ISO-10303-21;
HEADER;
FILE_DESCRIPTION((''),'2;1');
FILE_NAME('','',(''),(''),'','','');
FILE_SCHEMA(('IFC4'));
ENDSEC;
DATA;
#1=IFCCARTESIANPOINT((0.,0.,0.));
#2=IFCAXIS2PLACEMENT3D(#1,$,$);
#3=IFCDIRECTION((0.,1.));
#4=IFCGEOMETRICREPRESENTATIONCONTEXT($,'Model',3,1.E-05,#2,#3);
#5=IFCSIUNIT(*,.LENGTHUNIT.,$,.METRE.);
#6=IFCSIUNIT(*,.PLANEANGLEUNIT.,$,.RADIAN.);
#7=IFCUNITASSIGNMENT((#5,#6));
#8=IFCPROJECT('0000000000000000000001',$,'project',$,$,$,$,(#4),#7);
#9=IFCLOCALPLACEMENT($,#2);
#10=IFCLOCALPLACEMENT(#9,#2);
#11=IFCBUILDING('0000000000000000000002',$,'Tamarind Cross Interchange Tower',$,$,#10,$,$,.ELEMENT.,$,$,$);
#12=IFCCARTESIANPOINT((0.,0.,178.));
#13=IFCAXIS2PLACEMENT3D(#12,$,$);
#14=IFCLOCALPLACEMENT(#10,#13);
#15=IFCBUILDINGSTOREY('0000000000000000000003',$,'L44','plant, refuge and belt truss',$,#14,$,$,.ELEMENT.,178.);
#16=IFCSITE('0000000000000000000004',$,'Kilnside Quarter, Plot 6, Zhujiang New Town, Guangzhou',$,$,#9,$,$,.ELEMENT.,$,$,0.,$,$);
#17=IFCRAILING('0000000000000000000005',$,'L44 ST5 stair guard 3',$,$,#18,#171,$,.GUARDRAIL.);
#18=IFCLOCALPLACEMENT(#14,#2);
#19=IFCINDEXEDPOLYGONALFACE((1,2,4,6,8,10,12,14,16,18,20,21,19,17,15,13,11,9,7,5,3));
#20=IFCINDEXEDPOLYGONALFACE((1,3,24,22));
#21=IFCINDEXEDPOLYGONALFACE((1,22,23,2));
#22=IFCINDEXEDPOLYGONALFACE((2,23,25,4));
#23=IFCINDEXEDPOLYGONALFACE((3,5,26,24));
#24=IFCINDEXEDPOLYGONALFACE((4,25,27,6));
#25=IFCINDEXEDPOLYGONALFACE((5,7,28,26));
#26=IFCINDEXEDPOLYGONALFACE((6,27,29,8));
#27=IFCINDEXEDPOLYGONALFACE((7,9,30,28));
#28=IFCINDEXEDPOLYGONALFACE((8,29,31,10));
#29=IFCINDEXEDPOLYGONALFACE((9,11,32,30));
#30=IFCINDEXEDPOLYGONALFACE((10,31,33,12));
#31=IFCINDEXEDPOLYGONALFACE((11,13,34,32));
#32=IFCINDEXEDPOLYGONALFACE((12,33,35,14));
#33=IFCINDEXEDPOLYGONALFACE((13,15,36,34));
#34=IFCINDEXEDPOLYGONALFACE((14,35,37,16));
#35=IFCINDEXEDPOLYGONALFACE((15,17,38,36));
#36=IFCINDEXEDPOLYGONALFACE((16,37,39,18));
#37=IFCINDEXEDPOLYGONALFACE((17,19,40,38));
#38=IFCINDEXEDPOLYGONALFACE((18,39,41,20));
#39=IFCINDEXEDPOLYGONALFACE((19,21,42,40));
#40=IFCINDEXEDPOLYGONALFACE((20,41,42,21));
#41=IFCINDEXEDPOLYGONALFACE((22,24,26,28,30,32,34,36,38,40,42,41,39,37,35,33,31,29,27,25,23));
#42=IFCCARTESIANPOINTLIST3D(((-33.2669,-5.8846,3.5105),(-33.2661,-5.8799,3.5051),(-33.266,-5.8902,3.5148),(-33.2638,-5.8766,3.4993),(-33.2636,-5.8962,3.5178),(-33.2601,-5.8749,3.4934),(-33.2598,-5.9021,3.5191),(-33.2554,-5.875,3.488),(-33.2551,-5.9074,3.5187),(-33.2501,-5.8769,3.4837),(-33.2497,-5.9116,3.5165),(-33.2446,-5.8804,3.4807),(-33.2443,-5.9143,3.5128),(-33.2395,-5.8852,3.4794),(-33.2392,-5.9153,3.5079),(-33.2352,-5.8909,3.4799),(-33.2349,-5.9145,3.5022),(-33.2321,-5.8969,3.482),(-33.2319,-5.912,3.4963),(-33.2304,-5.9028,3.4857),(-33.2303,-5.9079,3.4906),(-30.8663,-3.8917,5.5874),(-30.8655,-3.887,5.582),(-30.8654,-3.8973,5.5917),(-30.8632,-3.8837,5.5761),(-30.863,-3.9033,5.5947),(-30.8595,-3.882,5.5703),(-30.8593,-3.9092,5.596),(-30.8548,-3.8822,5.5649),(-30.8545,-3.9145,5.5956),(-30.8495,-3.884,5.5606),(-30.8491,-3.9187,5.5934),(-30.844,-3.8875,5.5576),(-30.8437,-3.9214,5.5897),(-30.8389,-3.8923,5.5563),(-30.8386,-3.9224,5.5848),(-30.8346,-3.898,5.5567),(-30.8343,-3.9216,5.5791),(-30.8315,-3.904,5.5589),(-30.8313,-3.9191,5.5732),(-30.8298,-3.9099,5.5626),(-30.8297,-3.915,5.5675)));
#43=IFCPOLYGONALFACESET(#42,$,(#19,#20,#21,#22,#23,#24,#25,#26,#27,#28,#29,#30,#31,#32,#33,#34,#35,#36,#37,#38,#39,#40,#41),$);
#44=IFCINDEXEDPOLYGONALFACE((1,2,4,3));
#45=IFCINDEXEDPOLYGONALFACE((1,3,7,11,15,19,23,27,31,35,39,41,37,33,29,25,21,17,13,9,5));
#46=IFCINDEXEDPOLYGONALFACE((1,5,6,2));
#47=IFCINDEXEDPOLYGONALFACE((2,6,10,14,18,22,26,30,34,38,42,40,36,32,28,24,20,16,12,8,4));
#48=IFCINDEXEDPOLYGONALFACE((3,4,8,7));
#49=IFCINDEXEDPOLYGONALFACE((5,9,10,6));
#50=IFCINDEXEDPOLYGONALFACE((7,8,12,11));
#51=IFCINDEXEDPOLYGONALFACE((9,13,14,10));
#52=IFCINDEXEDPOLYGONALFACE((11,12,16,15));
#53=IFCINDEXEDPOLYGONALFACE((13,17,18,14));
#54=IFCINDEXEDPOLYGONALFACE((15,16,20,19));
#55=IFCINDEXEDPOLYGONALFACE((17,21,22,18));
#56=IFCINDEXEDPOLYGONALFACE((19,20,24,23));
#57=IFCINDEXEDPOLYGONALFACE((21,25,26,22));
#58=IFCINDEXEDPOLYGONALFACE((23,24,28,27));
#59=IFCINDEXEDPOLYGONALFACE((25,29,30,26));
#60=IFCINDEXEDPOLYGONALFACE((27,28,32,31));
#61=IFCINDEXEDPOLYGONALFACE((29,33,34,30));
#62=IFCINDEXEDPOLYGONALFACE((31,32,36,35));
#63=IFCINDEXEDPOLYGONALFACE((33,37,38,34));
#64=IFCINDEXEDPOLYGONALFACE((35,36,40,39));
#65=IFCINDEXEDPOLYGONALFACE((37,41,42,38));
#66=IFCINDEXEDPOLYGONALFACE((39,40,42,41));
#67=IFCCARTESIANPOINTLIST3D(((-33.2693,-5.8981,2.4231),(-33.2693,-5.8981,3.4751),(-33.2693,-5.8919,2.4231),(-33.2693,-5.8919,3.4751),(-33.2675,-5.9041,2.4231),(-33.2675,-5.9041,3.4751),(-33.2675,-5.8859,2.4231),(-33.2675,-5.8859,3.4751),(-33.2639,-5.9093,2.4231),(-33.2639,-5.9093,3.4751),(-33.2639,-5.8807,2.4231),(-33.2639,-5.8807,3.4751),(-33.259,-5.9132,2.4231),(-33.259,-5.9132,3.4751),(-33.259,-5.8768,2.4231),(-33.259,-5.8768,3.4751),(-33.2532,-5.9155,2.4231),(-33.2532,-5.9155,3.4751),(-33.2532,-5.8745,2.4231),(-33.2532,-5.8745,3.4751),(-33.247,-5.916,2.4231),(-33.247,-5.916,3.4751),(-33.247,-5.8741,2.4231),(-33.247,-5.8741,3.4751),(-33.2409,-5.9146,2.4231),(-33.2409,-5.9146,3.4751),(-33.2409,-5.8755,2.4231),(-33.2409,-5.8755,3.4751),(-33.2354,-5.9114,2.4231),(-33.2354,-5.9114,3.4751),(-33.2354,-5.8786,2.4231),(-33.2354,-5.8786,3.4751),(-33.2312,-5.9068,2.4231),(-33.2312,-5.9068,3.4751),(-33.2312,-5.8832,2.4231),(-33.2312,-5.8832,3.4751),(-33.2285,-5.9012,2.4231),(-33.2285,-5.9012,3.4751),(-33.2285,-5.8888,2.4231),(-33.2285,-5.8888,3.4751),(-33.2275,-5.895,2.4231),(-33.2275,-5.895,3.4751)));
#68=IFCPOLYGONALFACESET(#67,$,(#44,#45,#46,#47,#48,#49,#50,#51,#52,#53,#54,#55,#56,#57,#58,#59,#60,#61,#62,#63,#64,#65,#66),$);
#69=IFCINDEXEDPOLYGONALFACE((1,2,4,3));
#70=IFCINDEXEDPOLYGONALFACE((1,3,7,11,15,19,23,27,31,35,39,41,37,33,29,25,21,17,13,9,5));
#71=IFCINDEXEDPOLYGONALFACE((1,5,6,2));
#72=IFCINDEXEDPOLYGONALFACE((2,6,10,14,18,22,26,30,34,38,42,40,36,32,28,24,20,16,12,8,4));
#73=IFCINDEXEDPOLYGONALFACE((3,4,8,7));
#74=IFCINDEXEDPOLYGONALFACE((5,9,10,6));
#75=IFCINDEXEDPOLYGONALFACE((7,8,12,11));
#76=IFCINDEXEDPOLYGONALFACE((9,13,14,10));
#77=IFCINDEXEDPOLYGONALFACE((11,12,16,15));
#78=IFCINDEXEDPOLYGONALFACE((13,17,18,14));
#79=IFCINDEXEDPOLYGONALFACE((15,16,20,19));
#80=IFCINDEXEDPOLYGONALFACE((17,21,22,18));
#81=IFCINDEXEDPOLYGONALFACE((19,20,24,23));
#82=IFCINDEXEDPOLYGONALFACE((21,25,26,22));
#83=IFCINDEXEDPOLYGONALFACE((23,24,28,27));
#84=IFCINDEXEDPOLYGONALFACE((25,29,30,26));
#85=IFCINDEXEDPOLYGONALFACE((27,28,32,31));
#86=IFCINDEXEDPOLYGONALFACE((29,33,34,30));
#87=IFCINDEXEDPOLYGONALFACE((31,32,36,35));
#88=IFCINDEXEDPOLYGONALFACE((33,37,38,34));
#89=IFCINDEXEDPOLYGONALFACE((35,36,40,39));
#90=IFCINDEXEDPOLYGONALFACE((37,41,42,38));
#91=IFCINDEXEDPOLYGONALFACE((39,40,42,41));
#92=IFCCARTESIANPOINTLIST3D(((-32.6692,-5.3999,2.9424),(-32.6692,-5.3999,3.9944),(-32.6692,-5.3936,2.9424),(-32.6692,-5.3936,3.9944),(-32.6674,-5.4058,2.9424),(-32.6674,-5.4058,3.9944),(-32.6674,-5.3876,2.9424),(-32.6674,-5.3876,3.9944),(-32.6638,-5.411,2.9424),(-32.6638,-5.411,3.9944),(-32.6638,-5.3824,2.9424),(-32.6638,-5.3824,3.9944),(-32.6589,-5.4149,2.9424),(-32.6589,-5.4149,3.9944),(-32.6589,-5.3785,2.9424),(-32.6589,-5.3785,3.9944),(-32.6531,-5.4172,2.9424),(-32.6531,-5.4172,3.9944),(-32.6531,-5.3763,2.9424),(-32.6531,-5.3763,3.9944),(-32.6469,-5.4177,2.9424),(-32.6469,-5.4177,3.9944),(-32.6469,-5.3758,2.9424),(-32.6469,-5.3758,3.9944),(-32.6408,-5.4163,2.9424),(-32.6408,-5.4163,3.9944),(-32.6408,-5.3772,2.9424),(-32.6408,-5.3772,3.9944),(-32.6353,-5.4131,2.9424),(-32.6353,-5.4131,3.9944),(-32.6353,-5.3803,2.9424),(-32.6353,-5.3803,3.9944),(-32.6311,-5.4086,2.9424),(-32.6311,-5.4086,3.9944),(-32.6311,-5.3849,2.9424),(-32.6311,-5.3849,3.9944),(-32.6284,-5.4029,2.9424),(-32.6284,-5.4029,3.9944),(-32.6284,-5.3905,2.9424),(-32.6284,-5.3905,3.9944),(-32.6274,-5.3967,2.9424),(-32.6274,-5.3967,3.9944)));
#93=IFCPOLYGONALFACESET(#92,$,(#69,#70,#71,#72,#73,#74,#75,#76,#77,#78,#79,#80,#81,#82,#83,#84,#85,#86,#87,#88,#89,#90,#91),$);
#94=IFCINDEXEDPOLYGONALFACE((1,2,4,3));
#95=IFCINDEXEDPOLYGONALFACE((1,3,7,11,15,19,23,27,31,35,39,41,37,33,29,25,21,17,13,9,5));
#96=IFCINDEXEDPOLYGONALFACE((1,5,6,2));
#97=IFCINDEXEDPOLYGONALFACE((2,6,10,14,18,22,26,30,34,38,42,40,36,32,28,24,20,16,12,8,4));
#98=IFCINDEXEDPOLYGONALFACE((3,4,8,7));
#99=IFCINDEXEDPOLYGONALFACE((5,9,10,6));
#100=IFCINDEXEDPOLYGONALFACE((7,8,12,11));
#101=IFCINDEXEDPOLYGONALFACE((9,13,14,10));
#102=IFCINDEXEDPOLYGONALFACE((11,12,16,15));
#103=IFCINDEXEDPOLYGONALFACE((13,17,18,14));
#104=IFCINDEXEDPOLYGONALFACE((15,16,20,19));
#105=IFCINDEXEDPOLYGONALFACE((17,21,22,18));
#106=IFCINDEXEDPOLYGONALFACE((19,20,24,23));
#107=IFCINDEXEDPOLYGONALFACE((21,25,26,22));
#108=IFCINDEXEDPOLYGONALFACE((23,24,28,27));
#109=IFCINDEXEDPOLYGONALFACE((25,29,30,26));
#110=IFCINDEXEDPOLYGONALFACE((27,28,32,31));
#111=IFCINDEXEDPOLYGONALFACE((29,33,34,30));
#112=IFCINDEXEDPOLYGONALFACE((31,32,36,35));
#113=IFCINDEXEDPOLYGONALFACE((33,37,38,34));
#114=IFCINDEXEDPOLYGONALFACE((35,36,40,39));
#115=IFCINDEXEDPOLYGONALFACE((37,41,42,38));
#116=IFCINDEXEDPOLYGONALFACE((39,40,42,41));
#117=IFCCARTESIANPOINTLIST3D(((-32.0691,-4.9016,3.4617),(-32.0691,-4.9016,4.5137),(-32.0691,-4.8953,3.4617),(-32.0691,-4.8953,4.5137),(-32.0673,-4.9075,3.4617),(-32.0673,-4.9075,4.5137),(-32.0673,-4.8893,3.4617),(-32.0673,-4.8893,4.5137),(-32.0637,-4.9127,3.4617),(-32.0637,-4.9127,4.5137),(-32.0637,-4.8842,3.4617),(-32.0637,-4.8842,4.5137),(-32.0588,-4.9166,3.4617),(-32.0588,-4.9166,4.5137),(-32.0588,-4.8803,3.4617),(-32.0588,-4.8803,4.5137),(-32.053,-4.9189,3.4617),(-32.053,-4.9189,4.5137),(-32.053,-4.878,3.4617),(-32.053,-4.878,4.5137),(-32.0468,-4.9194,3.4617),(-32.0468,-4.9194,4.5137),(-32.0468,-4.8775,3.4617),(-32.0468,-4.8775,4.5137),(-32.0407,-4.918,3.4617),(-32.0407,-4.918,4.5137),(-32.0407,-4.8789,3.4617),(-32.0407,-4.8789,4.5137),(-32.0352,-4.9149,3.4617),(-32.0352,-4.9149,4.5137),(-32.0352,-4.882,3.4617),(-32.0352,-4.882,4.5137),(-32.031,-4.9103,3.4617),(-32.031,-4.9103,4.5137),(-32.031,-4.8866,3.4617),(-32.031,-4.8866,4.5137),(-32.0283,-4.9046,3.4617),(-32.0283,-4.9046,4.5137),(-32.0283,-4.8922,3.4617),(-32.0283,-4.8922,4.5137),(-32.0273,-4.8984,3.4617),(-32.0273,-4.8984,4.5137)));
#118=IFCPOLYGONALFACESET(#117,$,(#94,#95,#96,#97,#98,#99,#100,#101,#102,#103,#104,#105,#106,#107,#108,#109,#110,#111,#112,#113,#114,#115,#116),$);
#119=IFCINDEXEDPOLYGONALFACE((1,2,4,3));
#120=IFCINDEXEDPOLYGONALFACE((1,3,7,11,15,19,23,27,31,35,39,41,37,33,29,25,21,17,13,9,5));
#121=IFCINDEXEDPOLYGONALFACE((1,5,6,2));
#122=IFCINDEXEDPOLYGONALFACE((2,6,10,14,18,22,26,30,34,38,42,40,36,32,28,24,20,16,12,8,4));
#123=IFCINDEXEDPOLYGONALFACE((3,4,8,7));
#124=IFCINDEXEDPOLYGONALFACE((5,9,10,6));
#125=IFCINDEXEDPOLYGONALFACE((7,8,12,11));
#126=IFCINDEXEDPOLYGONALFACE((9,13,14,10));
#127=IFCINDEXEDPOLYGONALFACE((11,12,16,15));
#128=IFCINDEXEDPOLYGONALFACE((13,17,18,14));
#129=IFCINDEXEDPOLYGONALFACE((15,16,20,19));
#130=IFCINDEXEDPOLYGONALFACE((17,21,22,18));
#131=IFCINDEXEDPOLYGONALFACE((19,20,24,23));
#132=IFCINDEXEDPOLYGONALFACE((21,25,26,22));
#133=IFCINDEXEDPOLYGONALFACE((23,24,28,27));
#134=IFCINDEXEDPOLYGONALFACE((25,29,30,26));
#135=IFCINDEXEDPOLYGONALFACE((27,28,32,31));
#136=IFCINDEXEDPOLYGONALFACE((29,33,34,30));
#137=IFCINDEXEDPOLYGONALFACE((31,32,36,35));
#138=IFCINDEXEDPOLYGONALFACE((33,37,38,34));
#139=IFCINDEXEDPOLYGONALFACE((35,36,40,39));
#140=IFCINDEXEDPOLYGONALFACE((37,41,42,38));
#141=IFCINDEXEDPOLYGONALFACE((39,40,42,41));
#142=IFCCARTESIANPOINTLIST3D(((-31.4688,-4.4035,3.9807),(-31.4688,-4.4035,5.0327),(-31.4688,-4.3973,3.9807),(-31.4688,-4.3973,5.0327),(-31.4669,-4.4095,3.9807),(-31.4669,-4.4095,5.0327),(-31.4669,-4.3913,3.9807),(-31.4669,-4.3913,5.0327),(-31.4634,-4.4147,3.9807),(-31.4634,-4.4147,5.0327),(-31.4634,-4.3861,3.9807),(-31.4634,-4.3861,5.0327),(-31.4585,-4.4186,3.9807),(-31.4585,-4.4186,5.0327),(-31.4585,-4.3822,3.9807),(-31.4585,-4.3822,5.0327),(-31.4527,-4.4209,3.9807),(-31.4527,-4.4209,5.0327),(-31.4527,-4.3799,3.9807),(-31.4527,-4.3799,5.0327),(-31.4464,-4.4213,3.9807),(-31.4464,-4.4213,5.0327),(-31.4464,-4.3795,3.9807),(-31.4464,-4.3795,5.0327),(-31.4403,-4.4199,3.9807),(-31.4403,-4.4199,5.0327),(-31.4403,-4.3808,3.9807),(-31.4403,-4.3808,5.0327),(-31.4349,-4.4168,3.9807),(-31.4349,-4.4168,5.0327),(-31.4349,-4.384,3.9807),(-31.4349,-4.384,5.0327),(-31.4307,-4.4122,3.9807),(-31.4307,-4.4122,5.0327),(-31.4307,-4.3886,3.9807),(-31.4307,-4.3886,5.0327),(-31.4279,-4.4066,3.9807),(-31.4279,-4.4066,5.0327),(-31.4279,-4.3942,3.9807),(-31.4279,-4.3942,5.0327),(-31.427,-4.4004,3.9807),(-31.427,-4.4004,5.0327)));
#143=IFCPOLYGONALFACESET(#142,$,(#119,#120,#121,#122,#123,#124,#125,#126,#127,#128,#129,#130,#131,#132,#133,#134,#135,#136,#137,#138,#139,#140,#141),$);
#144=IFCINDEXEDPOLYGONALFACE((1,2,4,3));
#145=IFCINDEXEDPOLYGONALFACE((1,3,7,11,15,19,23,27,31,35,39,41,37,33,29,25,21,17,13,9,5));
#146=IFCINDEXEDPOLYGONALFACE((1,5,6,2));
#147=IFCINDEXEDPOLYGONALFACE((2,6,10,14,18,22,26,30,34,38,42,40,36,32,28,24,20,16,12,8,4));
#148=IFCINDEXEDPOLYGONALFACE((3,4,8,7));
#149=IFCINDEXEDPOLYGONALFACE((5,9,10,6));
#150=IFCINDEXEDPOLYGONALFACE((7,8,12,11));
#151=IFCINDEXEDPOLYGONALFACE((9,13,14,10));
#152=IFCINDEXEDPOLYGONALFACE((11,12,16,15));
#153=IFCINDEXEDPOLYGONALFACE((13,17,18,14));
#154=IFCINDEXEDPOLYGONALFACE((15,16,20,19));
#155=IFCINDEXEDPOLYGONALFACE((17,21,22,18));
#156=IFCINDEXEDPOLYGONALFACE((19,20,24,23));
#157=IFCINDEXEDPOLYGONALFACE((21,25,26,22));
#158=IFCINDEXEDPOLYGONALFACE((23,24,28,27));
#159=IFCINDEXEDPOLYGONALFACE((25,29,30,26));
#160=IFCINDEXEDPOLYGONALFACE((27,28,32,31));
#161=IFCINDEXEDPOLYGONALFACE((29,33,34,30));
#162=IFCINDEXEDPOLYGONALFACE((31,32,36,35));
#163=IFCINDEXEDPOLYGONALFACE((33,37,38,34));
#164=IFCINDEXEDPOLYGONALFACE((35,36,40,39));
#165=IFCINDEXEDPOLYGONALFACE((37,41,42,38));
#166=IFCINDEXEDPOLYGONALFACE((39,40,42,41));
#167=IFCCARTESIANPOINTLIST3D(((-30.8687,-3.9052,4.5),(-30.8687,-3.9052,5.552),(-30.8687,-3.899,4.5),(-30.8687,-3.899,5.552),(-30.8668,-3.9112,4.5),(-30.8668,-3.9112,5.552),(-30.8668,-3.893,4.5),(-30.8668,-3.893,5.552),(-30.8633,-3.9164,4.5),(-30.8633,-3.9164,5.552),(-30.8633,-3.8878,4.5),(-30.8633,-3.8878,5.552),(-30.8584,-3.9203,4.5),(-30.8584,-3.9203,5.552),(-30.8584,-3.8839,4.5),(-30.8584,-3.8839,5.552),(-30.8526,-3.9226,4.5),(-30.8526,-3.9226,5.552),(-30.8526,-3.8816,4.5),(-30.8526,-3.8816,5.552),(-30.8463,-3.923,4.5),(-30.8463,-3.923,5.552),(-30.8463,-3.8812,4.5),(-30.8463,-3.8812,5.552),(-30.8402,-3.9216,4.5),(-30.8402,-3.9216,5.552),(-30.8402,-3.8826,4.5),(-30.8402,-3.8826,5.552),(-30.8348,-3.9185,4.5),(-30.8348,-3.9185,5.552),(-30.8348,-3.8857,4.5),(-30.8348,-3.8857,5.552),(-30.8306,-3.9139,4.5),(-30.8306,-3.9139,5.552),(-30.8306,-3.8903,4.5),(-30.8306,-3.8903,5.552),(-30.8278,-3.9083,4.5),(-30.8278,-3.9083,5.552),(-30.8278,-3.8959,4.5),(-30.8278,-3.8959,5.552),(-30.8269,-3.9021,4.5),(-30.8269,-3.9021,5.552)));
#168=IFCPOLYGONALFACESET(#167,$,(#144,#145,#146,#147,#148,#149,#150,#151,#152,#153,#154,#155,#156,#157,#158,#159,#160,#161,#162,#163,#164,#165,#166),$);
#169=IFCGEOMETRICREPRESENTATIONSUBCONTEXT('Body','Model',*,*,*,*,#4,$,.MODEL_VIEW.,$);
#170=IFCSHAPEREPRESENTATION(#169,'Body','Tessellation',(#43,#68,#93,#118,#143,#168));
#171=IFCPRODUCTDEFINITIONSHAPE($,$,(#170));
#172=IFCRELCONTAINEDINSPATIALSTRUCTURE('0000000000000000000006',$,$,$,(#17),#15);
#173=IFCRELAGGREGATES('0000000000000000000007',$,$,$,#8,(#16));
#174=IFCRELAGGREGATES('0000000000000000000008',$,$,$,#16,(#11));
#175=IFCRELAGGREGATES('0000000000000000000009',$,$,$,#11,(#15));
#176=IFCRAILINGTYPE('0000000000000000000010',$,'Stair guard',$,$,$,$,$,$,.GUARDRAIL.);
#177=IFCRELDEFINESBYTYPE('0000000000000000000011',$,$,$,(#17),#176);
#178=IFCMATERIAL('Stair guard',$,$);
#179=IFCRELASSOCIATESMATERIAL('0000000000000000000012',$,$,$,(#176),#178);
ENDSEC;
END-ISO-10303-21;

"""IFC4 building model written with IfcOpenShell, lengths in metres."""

from ifc_helpers import new_model, si_unit, direction, frame, origin, origin_2d, place, context, subcontext, project, spatial, circle, extrude, material, type_object, element, save


model = new_model("IFC4")

# Units and contexts
model_context = context("Model", 3, precision=1e-05, world=origin(), true_north=direction((0.0, 1.0)))
body_context = subcontext(model_context, "Body", "Model", "MODEL_VIEW")
ifc_project = project(units=[si_unit("LENGTHUNIT", "METRE"), si_unit("PLANEANGLEUNIT", "RADIAN")], contexts=[model_context])

# Site, building, storey
site_placement = place(None, origin())
site = spatial("IfcSite", under=ifc_project, at=site_placement, Name="Kilnside Quarter, Plot 6, Zhujiang New Town, Guangzhou", CompositionType="ELEMENT", RefElevation=0.0)
building_placement = place(site_placement, origin())
building = spatial("IfcBuilding", under=site, at=building_placement, Name="Tamarind Cross Interchange Tower", CompositionType="ELEMENT")
storey_placement = place(building_placement, frame((0.0, 0.0, 178.0)))
storey = spatial("IfcBuildingStorey", under=building, at=storey_placement, Name="L44", Description="plant, refuge and belt truss", CompositionType="ELEMENT", Elevation=178.0)

# Railing
ifc_material_1 = material(Name="Stair guard")
railing_type_1 = type_object("IfcRailingType", Name="Stair guard", PredefinedType="GUARDRAIL", material=ifc_material_1)
railing_1_placement = place(storey_placement, frame((-33.2485, -5.895, 2.4231)))
element("IfcRailing", 1, at=railing_1_placement, inside=storey, type_object=railing_type_1, Name="L44 ST5 stair guard 3", PredefinedType="GUARDRAIL", context=body_context, shape_type="SweptSolid", body=[
    extrude(circle(Radius=0.0239, at=origin_2d()), frame((0.0, 0.0, 1.0762), z_axis=(0.640493, 0.531714, 0.554121), x_axis=(-0.638744, 0.769419, 0.0)), (0.0, 0.0, 1.0), 3.748),
    extrude(circle(Radius=0.021, at=origin_2d()), origin(), (0.0, 0.0, 1.0), 1.052),
    extrude(circle(Radius=0.021, at=origin_2d()), frame((0.6001, 0.4983, 0.5193)), (0.0, 0.0, 1.0), 1.052),
    extrude(circle(Radius=0.021, at=origin_2d()), frame((1.2002, 0.9966, 1.0386)), (0.0, 0.0, 1.0), 1.052),
    extrude(circle(Radius=0.021, at=origin_2d()), frame((1.8005, 1.4946, 1.5576)), (0.0, 0.0, 1.0), 1.052),
    extrude(circle(Radius=0.021, at=origin_2d()), frame((2.4006, 1.9929, 2.0769)), (0.0, 0.0, 1.0), 1.052),
])

save(model, "model.ifc")
